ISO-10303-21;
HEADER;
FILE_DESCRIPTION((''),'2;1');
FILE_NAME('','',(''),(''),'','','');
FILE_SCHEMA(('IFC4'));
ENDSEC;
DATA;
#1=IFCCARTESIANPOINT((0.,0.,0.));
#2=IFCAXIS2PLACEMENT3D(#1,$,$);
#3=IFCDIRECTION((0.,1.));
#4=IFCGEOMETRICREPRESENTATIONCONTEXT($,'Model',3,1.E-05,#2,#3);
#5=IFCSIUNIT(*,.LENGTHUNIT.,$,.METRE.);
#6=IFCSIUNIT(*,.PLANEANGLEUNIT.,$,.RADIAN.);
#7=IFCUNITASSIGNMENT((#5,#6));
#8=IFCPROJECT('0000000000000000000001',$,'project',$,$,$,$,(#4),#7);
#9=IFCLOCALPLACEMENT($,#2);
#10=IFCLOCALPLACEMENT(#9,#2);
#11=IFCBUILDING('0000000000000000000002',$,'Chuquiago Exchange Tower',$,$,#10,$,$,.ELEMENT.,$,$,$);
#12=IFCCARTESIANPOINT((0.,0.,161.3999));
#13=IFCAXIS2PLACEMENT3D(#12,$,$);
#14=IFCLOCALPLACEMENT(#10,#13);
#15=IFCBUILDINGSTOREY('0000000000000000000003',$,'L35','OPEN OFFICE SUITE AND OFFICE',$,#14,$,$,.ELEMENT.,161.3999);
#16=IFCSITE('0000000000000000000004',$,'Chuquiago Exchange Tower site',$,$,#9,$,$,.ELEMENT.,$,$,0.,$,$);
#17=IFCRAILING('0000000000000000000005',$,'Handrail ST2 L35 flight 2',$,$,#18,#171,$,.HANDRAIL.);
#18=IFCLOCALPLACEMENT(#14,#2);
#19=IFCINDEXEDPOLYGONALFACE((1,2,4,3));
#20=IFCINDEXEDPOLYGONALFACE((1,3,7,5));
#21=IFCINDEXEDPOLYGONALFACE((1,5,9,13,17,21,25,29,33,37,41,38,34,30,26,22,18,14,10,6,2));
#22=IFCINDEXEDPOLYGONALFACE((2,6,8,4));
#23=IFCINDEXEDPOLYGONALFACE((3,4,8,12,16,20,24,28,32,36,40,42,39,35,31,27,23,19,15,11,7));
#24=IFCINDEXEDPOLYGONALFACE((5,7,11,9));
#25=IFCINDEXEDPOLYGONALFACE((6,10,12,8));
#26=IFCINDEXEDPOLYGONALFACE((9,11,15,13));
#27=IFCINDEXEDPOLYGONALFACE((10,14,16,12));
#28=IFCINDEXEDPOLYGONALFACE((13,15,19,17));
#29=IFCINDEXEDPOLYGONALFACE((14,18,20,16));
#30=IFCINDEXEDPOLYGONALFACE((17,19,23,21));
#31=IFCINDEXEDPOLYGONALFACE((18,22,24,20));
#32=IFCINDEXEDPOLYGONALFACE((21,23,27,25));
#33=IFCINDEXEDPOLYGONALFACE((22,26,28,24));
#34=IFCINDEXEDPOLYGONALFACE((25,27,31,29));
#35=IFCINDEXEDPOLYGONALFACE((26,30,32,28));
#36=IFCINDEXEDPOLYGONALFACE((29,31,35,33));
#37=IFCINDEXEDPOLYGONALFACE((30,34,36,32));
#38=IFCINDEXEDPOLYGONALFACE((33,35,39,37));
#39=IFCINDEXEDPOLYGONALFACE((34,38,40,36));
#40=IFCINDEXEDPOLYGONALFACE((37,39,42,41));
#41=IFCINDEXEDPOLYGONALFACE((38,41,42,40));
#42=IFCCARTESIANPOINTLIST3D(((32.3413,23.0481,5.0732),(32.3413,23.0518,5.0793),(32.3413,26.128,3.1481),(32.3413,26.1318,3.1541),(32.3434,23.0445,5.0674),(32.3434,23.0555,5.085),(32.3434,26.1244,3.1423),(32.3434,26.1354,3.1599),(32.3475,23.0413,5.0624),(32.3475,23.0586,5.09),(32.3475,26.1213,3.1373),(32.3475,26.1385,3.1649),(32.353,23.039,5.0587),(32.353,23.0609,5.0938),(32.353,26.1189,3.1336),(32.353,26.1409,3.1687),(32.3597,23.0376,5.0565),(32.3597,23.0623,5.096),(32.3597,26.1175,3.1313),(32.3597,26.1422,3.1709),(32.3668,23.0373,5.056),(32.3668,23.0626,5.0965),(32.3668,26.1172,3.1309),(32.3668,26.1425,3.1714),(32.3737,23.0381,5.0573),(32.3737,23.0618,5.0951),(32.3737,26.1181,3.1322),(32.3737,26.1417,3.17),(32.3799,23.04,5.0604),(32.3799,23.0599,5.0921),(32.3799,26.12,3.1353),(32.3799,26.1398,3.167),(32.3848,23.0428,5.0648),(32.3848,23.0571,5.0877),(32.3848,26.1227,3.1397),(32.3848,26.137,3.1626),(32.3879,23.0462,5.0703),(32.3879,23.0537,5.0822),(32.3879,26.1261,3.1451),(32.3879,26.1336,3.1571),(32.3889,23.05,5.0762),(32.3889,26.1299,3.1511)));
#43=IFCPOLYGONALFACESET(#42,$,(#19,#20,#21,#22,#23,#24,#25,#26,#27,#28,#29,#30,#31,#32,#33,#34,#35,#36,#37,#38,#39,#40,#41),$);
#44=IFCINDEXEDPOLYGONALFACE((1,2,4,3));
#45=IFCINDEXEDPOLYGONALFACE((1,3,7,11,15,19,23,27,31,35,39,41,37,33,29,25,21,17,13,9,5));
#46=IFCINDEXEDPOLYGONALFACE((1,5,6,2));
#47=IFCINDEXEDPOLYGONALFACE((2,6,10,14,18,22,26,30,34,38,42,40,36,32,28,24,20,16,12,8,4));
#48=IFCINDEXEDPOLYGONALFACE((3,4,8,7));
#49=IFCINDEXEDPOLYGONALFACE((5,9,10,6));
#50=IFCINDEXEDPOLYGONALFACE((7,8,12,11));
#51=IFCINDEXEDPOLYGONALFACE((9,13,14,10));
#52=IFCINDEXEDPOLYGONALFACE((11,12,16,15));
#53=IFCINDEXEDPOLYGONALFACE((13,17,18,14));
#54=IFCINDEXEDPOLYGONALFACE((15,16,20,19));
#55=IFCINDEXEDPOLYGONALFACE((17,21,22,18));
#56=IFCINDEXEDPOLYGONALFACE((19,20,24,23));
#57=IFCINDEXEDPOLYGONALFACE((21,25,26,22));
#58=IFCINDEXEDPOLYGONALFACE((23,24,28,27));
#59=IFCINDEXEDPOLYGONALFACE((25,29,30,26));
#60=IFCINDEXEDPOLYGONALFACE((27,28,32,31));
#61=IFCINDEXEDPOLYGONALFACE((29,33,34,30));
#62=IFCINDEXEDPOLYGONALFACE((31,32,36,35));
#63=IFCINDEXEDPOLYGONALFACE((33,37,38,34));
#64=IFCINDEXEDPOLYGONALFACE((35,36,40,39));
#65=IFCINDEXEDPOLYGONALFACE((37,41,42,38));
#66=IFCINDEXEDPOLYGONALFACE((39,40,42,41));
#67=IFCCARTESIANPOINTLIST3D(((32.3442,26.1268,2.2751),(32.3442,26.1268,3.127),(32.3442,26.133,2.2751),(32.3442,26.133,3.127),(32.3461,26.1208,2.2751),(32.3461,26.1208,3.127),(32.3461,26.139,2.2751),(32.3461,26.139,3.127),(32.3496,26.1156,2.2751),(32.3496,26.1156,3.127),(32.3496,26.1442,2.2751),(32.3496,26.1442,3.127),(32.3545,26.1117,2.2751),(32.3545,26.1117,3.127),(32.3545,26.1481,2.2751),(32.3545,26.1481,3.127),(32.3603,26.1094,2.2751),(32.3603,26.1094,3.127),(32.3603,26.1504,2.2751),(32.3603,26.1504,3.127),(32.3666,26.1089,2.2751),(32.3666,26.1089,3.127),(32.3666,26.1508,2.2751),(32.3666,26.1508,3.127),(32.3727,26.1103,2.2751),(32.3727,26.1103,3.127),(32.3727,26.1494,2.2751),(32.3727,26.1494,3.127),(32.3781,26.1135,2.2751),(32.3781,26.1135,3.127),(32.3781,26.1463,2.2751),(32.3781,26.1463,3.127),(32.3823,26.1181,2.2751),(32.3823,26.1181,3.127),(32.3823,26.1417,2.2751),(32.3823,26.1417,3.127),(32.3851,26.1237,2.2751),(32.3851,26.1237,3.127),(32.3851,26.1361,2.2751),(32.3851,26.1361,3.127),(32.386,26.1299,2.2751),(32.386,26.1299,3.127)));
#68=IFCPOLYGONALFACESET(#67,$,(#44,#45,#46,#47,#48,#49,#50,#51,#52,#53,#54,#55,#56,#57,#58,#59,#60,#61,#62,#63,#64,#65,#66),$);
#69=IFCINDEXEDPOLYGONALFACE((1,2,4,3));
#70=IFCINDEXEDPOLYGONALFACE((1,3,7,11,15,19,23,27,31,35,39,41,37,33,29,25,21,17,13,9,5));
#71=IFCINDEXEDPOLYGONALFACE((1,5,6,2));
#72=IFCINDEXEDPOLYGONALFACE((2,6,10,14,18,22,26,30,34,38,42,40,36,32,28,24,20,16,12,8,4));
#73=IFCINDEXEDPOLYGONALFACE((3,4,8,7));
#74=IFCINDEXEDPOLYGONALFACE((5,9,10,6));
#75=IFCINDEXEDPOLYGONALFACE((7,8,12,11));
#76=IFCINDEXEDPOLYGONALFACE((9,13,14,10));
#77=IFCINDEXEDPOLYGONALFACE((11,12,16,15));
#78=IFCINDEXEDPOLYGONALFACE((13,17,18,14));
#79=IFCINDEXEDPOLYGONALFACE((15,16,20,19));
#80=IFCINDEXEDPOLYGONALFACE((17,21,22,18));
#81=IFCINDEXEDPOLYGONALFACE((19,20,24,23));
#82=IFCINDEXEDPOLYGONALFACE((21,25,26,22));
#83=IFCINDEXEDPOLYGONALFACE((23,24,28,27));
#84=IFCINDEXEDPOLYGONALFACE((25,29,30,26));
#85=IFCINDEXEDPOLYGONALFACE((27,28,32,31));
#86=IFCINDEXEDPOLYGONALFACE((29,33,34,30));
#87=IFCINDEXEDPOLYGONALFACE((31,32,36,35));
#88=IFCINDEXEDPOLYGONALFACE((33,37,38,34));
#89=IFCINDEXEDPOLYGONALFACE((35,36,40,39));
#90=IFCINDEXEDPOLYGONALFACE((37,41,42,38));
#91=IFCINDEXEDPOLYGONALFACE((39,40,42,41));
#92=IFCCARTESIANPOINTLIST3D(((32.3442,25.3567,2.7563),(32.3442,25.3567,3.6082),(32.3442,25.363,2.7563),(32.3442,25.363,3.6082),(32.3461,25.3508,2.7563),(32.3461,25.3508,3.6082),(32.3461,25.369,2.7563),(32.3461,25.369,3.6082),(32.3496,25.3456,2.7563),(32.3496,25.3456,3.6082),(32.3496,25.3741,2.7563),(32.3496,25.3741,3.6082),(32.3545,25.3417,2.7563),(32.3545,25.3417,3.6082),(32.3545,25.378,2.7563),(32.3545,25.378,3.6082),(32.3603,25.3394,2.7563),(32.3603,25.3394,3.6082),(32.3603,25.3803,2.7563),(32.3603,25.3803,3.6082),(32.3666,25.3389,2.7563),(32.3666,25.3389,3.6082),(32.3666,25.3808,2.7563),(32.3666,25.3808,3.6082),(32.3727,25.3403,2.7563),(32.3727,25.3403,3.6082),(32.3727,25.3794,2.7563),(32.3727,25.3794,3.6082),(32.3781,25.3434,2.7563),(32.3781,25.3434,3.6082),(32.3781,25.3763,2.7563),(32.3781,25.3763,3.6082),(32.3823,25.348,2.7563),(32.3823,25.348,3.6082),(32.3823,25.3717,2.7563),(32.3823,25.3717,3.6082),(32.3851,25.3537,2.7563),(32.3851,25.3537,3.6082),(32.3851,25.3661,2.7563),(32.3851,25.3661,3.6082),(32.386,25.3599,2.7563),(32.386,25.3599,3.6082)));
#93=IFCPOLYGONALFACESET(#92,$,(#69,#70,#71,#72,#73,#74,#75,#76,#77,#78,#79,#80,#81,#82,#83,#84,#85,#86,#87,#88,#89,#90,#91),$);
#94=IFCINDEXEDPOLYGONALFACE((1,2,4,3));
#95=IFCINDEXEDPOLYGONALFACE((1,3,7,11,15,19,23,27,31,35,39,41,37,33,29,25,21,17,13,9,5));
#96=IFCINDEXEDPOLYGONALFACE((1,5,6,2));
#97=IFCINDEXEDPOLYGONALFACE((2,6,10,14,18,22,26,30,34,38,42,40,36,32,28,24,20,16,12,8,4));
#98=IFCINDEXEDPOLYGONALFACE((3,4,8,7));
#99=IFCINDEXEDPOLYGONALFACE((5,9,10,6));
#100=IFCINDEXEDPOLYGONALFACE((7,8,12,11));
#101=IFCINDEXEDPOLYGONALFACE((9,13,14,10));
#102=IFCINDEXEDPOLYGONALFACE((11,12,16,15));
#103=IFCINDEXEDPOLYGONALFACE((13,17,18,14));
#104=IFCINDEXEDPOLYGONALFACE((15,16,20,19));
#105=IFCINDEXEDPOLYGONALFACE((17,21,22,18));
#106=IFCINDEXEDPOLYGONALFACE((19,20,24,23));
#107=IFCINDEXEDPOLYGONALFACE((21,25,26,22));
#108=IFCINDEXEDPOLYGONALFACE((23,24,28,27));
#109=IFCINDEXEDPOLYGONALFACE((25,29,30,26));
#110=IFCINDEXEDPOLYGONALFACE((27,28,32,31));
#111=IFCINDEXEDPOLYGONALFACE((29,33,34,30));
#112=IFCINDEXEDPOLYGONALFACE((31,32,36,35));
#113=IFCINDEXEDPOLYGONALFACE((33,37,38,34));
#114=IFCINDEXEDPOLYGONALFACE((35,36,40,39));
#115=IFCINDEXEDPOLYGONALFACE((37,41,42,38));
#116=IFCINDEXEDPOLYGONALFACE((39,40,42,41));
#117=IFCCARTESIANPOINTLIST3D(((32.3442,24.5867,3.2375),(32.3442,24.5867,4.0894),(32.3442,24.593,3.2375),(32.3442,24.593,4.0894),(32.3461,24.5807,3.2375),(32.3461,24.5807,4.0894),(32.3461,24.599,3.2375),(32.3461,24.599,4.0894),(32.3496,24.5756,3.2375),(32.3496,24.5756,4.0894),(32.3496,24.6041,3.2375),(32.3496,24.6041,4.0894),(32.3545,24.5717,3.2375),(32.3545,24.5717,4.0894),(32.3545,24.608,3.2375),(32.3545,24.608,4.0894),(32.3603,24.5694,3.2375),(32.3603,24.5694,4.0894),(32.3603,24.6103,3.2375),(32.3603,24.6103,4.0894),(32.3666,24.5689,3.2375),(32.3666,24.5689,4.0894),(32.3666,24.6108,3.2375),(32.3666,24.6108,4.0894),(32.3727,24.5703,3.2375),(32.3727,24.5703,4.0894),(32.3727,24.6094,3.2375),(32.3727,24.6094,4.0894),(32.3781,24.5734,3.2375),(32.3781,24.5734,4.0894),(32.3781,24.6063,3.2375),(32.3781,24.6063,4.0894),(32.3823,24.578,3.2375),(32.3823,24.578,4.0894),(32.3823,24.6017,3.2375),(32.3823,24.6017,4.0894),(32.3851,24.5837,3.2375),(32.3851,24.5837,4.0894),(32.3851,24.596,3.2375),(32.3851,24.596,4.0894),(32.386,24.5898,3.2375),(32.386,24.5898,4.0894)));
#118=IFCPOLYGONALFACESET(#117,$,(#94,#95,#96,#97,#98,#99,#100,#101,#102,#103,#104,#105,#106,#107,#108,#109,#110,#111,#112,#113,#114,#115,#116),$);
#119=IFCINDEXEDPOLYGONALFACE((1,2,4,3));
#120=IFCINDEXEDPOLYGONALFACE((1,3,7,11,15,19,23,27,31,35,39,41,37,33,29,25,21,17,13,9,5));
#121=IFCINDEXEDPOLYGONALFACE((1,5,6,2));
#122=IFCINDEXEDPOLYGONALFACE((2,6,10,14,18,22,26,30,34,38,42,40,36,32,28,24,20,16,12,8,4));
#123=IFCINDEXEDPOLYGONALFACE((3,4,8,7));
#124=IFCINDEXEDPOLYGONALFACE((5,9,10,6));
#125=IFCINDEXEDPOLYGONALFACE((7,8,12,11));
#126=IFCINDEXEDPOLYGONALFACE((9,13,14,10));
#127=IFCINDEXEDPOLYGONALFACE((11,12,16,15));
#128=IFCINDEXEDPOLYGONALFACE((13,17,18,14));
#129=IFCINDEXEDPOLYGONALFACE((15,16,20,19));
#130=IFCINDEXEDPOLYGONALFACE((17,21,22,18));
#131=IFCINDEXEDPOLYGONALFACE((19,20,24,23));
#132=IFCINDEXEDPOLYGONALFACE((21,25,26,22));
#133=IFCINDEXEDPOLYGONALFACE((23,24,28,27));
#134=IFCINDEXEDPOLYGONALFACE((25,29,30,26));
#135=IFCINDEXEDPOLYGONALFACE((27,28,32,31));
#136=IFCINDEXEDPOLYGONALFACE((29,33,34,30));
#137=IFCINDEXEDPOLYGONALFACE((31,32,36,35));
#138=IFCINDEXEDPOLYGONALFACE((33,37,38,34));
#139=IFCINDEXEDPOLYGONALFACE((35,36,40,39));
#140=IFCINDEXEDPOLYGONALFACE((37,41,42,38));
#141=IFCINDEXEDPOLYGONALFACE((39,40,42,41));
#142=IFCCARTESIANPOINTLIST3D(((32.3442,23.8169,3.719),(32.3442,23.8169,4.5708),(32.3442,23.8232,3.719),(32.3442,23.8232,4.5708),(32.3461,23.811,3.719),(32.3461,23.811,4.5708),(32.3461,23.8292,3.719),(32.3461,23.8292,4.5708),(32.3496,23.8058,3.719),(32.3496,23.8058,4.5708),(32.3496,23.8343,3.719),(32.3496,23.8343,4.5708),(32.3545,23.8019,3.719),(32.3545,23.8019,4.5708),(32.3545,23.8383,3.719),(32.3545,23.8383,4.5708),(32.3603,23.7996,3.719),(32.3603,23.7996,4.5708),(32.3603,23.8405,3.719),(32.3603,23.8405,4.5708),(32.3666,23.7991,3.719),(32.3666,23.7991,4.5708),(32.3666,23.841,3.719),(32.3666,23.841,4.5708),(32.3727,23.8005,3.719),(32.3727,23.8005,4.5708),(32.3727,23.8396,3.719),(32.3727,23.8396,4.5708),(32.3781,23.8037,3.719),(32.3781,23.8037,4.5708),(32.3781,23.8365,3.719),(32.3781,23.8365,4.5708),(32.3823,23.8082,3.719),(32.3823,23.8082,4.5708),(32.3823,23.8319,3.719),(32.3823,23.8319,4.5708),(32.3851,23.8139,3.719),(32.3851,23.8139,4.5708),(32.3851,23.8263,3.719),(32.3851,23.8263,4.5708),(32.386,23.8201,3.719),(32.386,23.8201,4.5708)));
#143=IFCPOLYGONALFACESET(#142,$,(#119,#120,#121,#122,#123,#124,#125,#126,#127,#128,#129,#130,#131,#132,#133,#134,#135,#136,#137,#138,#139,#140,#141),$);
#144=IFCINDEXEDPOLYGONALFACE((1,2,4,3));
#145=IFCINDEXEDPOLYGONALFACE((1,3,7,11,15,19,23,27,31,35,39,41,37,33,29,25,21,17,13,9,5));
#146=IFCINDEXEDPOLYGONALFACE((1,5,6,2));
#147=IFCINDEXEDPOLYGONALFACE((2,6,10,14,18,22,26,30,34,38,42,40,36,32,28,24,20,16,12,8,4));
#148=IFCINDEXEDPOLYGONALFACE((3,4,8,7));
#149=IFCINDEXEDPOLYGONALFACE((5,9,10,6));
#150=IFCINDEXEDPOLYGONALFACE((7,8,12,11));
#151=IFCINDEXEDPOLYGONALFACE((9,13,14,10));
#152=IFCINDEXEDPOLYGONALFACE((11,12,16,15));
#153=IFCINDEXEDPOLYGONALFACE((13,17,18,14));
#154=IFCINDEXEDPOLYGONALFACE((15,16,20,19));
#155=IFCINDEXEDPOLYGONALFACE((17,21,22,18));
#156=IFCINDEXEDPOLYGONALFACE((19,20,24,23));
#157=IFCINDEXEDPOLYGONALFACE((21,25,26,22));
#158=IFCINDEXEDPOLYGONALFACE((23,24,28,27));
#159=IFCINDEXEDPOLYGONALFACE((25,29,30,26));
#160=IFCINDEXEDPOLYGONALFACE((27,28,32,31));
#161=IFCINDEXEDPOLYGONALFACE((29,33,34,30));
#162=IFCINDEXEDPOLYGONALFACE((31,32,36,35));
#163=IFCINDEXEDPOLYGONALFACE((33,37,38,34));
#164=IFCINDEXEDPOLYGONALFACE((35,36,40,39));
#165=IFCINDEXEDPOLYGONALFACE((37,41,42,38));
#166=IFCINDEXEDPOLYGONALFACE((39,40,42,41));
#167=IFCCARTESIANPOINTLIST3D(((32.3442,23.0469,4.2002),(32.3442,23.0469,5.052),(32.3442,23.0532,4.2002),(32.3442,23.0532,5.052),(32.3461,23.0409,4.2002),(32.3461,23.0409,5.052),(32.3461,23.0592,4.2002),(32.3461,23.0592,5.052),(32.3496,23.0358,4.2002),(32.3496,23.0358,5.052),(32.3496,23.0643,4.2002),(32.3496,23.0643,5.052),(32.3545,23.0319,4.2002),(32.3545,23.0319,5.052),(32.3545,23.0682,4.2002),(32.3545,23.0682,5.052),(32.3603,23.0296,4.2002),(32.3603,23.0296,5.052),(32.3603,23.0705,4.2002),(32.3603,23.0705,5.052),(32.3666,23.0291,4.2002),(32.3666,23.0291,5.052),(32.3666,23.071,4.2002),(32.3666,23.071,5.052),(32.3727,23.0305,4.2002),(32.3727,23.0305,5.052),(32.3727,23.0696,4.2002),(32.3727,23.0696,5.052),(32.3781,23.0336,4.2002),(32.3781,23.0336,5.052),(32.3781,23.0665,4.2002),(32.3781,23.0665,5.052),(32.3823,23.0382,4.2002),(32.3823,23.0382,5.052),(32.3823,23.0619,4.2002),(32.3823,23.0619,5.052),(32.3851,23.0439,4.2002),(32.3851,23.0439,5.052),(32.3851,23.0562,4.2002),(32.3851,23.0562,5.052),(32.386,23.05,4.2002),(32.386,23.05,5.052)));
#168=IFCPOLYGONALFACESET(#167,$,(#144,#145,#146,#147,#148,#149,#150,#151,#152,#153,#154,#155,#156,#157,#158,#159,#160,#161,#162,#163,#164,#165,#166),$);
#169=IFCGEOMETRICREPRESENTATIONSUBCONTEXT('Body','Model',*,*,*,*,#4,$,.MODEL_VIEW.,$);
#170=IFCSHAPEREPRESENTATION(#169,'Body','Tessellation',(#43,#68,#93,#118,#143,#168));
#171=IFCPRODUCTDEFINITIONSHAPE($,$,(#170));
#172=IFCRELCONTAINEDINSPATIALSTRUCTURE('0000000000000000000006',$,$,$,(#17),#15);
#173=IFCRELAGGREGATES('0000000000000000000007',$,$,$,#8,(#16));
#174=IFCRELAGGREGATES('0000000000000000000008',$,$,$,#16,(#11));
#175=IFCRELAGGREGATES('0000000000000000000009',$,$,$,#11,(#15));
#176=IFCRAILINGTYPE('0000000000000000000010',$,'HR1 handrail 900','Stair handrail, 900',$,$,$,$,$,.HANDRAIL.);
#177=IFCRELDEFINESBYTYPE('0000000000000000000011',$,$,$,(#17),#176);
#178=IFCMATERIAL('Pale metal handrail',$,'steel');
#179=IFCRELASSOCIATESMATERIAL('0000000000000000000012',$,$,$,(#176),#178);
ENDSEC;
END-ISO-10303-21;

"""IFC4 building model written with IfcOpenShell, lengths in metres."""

from ifc_helpers import new_model, si_unit, direction, frame, origin, origin_2d, place, context, subcontext, project, spatial, circle, extrude, material, type_object, element, save


model = new_model("IFC4")

# Units and contexts
model_context = context("Model", 3, precision=1e-05, world=origin(), true_north=direction((0.0, 1.0)))
body_context = subcontext(model_context, "Body", "Model", "MODEL_VIEW")
ifc_project = project(units=[si_unit("LENGTHUNIT", "METRE"), si_unit("PLANEANGLEUNIT", "RADIAN")], contexts=[model_context])

# Site, building, storey
site_placement = place(None, origin())
site = spatial("IfcSite", under=ifc_project, at=site_placement, Name="Chuquiago Exchange Tower site", CompositionType="ELEMENT", RefElevation=0.0)
building_placement = place(site_placement, origin())
building = spatial("IfcBuilding", under=site, at=building_placement, Name="Chuquiago Exchange Tower", CompositionType="ELEMENT")
storey_placement = place(building_placement, frame((0.0, 0.0, 161.3999)))
storey = spatial("IfcBuildingStorey", under=building, at=storey_placement, Name="L35", Description="OPEN OFFICE SUITE AND OFFICE", CompositionType="ELEMENT", Elevation=161.3999)

# Railing
ifc_material_1 = material(Name="Pale metal handrail", Category="steel")
railing_type_1 = type_object("IfcRailingType", Name="HR1 handrail 900", Description="Stair handrail, 900", PredefinedType="HANDRAIL", material=ifc_material_1)
for number, where, name in (
    (1, (32.365, 26.1299, 2.2751), "Handrail ST2 L35 flight 2"),
):
    element("IfcRailing", number, at=place(storey_placement, frame(where)), inside=storey, type_object=railing_type_1, Name=name, PredefinedType="HANDRAIL", context=body_context, shape_type="SweptSolid", body=[
        extrude(circle(Radius=0.0239, at=origin_2d()), frame((0.0, 0.0, 0.876), z_axis=(0.0, -0.847979, 0.530029), x_axis=(1.0, 0.0, 0.0)), (0.0, 0.0, 1.0), 3.6321),
        extrude(circle(Radius=0.021, at=origin_2d()), origin(), (0.0, 0.0, 1.0), 0.8518),
        extrude(circle(Radius=0.021, at=origin_2d()), frame((0.0, -0.77, 0.4812)), (0.0, 0.0, 1.0), 0.8518),
        extrude(circle(Radius=0.021, at=origin_2d()), frame((0.0, -1.54, 0.9624)), (0.0, 0.0, 1.0), 0.8518),
        extrude(circle(Radius=0.021, at=origin_2d()), frame((0.0, -2.3098, 1.4438)), (0.0, 0.0, 1.0), 0.8518),
        extrude(circle(Radius=0.021, at=origin_2d()), frame((0.0, -3.0798, 1.925)), (0.0, 0.0, 1.0), 0.8518),
    ])

save(model, "model.ifc")
